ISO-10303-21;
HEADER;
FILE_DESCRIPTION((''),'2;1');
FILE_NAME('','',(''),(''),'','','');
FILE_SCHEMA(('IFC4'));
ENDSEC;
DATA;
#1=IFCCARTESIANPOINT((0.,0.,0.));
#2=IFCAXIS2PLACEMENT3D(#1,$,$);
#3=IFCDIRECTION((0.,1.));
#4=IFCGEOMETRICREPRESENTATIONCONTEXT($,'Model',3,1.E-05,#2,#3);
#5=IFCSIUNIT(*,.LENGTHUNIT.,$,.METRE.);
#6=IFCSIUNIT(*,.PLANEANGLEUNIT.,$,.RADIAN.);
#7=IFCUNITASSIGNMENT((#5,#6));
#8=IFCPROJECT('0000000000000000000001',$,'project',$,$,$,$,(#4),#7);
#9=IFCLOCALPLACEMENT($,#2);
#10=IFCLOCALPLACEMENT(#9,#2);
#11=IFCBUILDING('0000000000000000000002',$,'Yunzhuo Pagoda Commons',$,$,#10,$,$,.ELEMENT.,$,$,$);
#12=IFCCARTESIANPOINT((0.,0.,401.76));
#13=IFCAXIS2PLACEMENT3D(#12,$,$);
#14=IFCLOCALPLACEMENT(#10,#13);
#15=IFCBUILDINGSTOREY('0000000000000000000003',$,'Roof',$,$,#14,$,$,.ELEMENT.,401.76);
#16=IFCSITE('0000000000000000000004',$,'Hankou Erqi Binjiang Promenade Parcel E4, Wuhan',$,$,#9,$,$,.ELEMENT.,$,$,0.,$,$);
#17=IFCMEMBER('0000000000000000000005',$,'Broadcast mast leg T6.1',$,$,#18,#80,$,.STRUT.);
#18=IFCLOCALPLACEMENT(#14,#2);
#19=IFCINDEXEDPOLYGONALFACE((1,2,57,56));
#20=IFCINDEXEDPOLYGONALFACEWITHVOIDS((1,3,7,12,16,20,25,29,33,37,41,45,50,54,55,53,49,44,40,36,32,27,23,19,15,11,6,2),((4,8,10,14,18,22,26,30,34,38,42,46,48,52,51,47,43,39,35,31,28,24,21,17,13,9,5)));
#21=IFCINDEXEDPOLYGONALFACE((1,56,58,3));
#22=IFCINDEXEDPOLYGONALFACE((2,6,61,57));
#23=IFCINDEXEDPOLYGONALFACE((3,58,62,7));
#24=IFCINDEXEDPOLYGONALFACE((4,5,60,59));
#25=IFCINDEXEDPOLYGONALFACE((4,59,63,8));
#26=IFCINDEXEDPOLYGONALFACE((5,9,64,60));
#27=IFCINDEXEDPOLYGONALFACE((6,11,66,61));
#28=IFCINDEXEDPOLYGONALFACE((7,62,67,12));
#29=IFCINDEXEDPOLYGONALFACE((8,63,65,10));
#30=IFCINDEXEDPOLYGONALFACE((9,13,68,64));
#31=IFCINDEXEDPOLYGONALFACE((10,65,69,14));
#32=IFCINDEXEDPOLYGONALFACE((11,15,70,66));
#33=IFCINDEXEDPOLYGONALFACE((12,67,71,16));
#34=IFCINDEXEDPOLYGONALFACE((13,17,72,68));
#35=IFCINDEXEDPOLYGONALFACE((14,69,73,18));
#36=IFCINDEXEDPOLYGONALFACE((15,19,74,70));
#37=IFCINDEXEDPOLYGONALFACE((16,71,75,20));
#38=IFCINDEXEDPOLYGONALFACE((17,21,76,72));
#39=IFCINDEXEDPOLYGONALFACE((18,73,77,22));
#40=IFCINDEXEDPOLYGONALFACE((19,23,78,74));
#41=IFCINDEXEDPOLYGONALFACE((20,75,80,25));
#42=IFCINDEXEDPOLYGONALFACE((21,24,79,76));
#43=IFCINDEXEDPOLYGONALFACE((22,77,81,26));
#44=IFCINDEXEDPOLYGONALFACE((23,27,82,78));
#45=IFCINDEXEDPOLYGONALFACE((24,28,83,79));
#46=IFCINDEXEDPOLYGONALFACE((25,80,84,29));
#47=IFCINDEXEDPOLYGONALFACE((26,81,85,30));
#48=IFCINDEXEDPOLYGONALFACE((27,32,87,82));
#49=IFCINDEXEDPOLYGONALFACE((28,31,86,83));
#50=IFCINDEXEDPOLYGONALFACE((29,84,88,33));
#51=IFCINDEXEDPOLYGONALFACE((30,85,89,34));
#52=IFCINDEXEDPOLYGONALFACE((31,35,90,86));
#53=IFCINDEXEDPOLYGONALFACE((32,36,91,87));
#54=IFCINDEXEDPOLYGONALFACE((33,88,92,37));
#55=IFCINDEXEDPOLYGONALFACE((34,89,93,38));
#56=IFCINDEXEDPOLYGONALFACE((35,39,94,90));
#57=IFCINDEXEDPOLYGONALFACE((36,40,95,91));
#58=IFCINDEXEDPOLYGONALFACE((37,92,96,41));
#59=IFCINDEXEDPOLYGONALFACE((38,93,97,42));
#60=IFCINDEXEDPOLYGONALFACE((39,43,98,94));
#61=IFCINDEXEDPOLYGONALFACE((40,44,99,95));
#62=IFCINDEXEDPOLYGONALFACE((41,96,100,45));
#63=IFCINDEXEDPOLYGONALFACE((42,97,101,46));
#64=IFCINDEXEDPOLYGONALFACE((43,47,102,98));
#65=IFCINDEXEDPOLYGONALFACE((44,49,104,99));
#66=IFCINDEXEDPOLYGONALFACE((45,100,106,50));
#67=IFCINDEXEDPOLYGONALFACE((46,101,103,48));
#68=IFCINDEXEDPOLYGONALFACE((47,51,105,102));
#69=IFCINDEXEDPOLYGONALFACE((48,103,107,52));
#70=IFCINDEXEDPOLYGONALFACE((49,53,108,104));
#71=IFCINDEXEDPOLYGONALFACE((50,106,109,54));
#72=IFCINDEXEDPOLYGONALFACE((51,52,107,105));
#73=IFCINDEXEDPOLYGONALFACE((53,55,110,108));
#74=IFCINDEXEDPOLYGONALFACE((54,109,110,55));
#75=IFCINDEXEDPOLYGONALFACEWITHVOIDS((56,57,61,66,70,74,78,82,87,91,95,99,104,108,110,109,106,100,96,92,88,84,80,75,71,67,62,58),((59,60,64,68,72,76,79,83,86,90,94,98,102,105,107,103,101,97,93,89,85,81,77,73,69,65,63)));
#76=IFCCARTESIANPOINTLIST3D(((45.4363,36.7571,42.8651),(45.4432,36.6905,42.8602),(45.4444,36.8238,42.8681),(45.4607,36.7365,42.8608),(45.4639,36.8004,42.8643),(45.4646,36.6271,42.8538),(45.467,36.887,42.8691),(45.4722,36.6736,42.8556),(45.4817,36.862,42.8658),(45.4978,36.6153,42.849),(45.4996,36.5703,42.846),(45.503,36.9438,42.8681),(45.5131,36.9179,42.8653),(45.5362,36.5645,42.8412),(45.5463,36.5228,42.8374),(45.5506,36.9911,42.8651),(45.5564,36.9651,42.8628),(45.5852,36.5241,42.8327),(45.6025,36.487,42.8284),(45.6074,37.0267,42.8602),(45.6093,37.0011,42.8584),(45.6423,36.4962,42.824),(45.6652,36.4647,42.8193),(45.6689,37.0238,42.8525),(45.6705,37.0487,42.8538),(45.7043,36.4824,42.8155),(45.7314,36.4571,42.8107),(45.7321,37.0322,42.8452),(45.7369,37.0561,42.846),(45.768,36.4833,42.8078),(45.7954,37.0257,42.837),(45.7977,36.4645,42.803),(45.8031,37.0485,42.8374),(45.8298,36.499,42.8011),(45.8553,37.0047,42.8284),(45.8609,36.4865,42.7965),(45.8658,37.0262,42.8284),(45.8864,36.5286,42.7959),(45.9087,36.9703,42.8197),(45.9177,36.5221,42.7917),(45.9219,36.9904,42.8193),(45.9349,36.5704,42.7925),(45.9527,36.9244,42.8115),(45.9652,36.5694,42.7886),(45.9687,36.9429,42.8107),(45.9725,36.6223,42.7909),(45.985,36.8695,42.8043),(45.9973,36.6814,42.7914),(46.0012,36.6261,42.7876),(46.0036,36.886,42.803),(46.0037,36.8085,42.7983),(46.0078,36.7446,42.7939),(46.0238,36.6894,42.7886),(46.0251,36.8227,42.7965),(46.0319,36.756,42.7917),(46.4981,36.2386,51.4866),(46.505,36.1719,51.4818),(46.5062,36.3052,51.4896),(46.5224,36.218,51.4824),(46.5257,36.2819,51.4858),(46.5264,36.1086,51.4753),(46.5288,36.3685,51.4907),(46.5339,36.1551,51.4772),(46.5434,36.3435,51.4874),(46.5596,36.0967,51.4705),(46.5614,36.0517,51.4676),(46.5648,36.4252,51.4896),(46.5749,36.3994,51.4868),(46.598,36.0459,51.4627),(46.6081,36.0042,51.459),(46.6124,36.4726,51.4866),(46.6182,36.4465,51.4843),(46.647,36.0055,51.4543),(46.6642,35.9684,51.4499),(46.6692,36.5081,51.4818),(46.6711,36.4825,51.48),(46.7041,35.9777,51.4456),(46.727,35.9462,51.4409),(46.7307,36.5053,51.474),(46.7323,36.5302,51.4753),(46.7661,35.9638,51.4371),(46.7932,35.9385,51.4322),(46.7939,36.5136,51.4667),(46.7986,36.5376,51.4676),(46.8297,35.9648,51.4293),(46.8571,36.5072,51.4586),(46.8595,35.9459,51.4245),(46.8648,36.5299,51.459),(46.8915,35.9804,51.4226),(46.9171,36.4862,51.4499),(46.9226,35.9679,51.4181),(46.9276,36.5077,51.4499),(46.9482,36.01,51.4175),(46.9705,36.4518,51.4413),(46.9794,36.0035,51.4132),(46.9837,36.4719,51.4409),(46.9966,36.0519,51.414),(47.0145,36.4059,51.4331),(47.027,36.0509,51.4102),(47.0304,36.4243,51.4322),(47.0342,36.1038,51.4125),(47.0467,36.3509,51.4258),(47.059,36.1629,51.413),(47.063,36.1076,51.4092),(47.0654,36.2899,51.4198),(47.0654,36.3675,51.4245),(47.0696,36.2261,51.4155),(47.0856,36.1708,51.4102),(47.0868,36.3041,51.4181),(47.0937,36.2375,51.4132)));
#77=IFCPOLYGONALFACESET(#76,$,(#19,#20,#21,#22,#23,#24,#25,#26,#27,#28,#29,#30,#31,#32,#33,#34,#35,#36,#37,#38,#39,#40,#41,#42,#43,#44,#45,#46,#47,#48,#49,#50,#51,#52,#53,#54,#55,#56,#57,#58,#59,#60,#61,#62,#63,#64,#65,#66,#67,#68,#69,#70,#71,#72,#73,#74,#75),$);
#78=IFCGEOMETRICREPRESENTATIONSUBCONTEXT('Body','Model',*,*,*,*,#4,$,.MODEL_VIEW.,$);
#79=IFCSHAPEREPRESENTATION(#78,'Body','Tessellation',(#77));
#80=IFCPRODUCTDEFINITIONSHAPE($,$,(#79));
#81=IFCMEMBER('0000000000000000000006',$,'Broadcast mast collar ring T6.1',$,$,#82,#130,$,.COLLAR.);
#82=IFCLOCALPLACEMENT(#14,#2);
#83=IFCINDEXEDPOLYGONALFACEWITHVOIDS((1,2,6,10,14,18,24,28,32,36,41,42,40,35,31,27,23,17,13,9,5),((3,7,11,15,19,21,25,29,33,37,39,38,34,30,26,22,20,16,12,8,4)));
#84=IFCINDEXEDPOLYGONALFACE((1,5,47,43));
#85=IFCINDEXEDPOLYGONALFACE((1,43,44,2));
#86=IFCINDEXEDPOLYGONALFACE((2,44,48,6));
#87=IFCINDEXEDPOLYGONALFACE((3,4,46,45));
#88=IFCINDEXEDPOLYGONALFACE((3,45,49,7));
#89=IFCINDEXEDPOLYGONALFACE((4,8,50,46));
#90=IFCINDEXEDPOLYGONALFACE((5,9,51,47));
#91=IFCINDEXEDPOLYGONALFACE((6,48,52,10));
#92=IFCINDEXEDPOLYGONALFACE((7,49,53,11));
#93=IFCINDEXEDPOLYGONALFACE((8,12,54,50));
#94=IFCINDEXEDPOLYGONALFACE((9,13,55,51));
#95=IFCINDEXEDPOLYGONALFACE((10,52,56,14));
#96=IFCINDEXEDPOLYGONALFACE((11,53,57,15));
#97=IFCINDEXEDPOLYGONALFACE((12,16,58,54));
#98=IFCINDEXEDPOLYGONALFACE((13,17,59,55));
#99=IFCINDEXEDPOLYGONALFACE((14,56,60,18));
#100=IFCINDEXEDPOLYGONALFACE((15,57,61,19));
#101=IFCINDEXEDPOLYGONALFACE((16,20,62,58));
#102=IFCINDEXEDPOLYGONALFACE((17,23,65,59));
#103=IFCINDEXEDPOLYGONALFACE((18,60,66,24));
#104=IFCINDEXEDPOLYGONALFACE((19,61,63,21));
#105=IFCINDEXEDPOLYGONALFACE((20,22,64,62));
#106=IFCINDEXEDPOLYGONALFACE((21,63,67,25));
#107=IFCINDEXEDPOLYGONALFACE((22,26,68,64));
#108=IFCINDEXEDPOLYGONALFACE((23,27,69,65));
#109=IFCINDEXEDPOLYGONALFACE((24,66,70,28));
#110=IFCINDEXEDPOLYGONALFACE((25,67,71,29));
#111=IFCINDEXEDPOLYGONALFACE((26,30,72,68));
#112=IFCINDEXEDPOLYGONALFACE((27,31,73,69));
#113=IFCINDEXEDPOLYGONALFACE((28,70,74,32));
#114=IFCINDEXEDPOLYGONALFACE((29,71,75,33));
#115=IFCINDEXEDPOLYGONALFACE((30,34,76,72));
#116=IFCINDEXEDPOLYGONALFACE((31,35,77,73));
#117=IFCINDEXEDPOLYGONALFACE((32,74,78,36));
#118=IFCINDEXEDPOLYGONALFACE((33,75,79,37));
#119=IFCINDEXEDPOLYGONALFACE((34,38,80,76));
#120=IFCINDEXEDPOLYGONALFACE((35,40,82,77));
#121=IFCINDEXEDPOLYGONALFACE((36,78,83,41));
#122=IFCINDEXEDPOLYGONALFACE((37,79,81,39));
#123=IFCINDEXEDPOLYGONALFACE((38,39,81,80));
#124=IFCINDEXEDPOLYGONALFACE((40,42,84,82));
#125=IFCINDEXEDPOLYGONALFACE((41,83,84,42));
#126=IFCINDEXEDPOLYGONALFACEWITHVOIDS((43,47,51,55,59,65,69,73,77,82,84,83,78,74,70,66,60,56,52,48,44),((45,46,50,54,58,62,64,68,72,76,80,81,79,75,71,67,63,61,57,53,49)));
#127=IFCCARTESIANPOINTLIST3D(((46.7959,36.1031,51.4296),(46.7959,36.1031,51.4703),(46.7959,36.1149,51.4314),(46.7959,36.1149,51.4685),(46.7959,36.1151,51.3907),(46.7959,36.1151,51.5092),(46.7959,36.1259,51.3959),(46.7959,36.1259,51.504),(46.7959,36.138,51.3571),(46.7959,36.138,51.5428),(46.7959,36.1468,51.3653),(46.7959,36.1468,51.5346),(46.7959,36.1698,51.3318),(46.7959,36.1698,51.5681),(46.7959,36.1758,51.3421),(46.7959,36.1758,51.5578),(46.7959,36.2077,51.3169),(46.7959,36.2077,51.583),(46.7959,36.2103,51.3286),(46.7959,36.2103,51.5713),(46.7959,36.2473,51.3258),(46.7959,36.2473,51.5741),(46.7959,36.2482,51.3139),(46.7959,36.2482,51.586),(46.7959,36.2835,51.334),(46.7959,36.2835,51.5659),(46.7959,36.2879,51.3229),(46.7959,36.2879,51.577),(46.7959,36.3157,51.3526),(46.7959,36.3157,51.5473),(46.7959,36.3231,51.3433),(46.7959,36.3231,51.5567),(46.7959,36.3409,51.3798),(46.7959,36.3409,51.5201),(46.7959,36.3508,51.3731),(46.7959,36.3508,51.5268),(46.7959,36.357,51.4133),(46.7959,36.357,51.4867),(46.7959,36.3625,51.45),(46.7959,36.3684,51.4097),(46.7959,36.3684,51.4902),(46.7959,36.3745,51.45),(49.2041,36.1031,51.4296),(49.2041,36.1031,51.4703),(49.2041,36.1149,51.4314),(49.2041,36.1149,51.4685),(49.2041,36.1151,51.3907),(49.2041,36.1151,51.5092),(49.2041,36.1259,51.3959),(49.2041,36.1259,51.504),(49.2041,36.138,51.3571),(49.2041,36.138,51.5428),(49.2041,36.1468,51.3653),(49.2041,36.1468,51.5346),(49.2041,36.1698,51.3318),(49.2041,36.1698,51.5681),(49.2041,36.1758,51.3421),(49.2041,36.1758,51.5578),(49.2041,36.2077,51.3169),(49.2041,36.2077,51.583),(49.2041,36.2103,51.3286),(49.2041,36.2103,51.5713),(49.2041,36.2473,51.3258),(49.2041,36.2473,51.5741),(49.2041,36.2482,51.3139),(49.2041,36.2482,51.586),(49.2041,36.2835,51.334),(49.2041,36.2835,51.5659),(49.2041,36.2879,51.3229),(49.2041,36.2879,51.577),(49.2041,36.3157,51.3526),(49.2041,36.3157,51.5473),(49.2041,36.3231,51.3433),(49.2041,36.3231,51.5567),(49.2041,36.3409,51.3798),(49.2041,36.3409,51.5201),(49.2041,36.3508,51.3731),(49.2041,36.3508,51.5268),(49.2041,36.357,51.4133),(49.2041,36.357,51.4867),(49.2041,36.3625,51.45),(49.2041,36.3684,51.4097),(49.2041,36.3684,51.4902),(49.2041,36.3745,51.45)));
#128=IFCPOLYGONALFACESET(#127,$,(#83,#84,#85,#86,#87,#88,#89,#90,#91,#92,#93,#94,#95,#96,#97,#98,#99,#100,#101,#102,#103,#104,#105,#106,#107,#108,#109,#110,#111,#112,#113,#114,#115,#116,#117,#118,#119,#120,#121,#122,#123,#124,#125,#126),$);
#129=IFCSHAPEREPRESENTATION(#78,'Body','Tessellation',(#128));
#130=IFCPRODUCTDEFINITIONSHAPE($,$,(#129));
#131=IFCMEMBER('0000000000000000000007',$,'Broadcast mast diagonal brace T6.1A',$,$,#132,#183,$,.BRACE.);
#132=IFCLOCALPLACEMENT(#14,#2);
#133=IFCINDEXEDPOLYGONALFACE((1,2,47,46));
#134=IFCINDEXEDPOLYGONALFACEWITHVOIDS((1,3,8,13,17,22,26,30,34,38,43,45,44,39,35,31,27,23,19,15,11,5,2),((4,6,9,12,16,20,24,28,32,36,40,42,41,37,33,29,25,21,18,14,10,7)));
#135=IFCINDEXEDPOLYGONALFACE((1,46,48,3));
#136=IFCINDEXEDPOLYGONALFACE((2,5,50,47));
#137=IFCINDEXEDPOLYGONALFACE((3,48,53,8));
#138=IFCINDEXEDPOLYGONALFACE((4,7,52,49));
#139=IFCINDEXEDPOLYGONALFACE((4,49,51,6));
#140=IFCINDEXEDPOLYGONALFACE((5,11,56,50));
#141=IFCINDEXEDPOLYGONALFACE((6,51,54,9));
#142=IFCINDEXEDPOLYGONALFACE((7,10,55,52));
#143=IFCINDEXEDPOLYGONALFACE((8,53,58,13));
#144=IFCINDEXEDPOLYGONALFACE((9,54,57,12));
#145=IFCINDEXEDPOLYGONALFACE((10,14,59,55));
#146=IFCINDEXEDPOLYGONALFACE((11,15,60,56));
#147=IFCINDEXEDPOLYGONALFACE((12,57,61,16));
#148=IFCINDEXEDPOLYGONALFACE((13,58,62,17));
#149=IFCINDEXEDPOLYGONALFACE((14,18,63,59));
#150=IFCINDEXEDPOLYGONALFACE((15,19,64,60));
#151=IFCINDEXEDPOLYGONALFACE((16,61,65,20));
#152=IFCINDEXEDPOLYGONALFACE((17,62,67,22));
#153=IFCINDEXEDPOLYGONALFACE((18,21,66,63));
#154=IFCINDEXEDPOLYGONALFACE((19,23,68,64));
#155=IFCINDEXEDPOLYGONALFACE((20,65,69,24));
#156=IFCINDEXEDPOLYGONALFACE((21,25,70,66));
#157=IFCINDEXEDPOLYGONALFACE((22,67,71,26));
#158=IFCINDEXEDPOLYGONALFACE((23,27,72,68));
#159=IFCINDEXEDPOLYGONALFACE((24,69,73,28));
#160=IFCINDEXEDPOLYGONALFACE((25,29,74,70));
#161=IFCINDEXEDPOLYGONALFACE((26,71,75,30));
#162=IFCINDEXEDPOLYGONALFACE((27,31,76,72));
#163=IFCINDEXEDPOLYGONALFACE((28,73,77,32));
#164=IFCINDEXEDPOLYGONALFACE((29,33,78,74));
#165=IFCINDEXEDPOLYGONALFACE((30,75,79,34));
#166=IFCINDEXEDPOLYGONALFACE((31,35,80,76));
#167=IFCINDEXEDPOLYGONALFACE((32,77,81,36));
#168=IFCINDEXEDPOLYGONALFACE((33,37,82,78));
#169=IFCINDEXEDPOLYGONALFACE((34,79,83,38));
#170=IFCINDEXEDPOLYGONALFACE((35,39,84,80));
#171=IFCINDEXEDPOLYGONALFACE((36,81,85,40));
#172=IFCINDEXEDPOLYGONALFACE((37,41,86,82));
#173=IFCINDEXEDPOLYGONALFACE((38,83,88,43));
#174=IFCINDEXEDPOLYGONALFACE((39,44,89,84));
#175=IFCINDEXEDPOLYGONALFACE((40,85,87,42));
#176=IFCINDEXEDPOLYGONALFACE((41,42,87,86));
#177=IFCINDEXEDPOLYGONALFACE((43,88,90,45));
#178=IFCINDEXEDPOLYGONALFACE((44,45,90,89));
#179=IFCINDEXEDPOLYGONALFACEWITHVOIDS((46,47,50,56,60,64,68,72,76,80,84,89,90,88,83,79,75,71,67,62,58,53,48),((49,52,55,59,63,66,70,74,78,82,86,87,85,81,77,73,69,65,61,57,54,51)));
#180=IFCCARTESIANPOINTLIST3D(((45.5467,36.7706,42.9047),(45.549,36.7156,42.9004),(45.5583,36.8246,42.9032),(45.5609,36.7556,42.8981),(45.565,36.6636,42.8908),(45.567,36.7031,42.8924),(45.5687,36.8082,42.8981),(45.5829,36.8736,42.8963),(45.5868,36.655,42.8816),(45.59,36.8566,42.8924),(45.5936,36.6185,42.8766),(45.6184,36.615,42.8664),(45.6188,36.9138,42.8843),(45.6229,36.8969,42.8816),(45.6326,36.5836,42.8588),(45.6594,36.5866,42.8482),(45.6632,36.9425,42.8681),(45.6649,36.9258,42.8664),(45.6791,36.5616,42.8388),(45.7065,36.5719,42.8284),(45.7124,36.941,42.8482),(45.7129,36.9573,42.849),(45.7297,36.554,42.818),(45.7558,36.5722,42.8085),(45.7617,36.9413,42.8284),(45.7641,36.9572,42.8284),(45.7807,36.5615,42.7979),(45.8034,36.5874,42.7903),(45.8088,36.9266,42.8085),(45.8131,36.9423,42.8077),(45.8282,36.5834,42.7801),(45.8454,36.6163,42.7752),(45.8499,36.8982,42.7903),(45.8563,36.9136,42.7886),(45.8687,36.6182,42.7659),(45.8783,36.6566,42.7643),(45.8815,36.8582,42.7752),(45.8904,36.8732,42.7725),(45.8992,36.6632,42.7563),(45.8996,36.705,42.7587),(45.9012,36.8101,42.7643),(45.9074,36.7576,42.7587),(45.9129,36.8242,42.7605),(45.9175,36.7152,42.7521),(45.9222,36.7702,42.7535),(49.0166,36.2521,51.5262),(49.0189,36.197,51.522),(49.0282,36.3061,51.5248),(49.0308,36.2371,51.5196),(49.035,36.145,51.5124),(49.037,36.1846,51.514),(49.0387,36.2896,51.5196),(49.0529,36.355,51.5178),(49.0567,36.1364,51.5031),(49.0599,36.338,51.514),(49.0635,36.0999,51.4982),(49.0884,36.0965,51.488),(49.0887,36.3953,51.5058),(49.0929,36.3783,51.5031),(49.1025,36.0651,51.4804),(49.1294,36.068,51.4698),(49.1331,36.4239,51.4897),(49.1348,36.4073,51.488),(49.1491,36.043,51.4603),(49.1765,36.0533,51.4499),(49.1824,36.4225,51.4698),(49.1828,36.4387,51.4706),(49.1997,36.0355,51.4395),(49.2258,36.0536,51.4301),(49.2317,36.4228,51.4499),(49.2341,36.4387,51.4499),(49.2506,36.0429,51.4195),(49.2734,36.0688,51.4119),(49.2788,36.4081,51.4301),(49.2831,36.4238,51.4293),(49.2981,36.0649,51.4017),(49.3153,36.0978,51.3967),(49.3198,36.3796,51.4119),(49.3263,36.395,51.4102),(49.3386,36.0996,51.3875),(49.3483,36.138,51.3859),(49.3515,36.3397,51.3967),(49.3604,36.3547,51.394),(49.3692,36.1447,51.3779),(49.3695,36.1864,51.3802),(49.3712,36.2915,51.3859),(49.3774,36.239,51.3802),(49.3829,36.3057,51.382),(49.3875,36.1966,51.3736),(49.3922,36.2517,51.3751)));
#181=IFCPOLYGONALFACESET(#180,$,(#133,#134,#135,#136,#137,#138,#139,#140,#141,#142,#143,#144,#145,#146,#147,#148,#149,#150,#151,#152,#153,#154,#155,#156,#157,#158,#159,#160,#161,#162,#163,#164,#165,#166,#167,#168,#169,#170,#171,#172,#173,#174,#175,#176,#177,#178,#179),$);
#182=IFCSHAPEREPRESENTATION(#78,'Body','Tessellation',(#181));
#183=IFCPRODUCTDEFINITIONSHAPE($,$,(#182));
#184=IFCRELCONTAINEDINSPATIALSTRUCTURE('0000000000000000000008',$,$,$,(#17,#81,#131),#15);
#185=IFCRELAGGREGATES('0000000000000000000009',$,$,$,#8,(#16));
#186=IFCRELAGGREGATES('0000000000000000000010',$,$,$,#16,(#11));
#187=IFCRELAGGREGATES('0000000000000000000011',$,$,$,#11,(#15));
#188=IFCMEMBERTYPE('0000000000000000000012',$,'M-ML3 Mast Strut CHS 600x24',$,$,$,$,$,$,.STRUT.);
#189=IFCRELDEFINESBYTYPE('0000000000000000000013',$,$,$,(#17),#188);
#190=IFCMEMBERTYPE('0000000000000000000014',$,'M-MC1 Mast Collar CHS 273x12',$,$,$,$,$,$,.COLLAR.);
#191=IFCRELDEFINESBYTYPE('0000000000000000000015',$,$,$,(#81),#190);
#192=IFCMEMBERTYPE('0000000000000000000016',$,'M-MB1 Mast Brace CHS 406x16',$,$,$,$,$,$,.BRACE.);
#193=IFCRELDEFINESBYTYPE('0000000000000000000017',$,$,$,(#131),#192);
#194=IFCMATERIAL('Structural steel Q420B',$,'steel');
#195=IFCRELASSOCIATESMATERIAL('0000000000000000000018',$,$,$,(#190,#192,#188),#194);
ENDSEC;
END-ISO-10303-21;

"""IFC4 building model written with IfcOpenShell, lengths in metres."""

from ifc_helpers import new_model, si_unit, direction, frame, origin, origin_2d, place, context, subcontext, project, spatial, hollow_circle, extrude, source, transform, mapped, material, material_profile, profile_set, type_object, element, save


model = new_model("IFC4")

# Units and contexts
model_context = context("Model", 3, precision=1e-05, world=origin(), true_north=direction((0.0, 1.0)))
body_context = subcontext(model_context, "Body", "Model", "MODEL_VIEW")
ifc_project = project(units=[si_unit("LENGTHUNIT", "METRE"), si_unit("PLANEANGLEUNIT", "RADIAN")], contexts=[model_context])

# Site, building, storey
site_placement = place(None, origin())
site = spatial("IfcSite", under=ifc_project, at=site_placement, Name="Hankou Erqi Binjiang Promenade Parcel E4, Wuhan", CompositionType="ELEMENT", RefElevation=0.0)
building_placement = place(site_placement, origin())
building = spatial("IfcBuilding", under=site, at=building_placement, Name="Yunzhuo Pagoda Commons", CompositionType="ELEMENT")
storey_placement = place(building_placement, frame((0.0, 0.0, 401.76)))
storey = spatial("IfcBuildingStorey", under=building, at=storey_placement, Name="Roof", CompositionType="ELEMENT", Elevation=401.76)

# Members
ifc_material_1 = material(Name="Structural steel Q420B", Category="steel")
ifc_material_profile_1 = material_profile(ifc_material_1, hollow_circle(Radius=0.1365, WallThickness=0.012, at=origin_2d()), Name="Structural steel Q420B")
ifc_profile_set_1 = profile_set([ifc_material_profile_1], Name="Structural steel Q420B")
member_type_1 = type_object("IfcMemberType", Name="M-MC1 Mast Collar CHS 273x12", PredefinedType="COLLAR", material=ifc_profile_set_1)
ifc_material_profile_2 = material_profile(ifc_material_1, hollow_circle(Radius=0.2029, WallThickness=0.0161, at=origin_2d()), Name="Structural steel Q420B")
ifc_profile_set_2 = profile_set([ifc_material_profile_2], Name="Structural steel Q420B")
member_type_2 = type_object("IfcMemberType", Name="M-MB1 Mast Brace CHS 406x16", PredefinedType="BRACE", material=ifc_profile_set_2)
ifc_material_profile_3 = material_profile(ifc_material_1, hollow_circle(Radius=0.3, WallThickness=0.0239, at=origin_2d()), Name="Structural steel Q420B")
ifc_profile_set_3 = profile_set([ifc_material_profile_3], Name="Structural steel Q420B")
member_type_3 = type_object("IfcMemberType", Name="M-ML3 Mast Strut CHS 600x24", PredefinedType="STRUT", material=ifc_profile_set_3)
shared_shape_1 = source(origin(), body_context, "Body", "SweptSolid", [
    extrude(hollow_circle(Radius=0.3, WallThickness=0.0239, at=origin_2d()), origin(), (0.0, 0.0, 1.0), 8.7021),
])
member_1_placement = place(storey_placement, frame((45.7341, 36.7566, 42.8284), z_axis=(0.122012, -0.059589, 0.990738), x_axis=(0.438847, 0.898562, 0.0)))
element("IfcMember", 1, at=member_1_placement, inside=storey, type_object=member_type_3, Name="Broadcast mast leg T6.1", PredefinedType="STRUT", context=body_context, shape_type="MappedRepresentation", body=[
    mapped(shared_shape_1, transform((0.0, 0.0, 0.0), scale=1.0)),
])
shared_shape_2 = source(origin(), body_context, "Body", "SweptSolid", [
    extrude(hollow_circle(Radius=0.1365, WallThickness=0.012, at=origin_2d()), origin(), (0.0, 0.0, 1.0), 2.4082),
])
member_2_placement = place(storey_placement, frame((46.7959, 36.238, 51.45), z_axis=(1.0, 0.0, 0.0), x_axis=(0.0, 1.0, 0.0)))
element("IfcMember", 2, at=member_2_placement, inside=storey, type_object=member_type_1, Name="Broadcast mast collar ring T6.1", PredefinedType="COLLAR", context=body_context, shape_type="MappedRepresentation", body=[
    mapped(shared_shape_2, transform((0.0, 0.0, 0.0), scale=1.0)),
])
shared_shape_3 = source(origin(), body_context, "Body", "SweptSolid", [
    extrude(hollow_circle(Radius=0.2029, WallThickness=0.0161, at=origin_2d()), origin(), (0.0, 0.0, 1.0), 9.3081),
])
member_3_placement = place(storey_placement, frame((45.7341, 36.7566, 42.8284), z_axis=(0.372789, -0.05571, 0.926242), x_axis=(0.147799, 0.989017, 0.0)))
element("IfcMember", 3, at=member_3_placement, inside=storey, type_object=member_type_2, Name="Broadcast mast diagonal brace T6.1A", PredefinedType="BRACE", context=body_context, shape_type="MappedRepresentation", body=[
    mapped(shared_shape_3, transform((0.0, 0.0, 0.0), scale=1.0)),
])

save(model, "model.ifc")
